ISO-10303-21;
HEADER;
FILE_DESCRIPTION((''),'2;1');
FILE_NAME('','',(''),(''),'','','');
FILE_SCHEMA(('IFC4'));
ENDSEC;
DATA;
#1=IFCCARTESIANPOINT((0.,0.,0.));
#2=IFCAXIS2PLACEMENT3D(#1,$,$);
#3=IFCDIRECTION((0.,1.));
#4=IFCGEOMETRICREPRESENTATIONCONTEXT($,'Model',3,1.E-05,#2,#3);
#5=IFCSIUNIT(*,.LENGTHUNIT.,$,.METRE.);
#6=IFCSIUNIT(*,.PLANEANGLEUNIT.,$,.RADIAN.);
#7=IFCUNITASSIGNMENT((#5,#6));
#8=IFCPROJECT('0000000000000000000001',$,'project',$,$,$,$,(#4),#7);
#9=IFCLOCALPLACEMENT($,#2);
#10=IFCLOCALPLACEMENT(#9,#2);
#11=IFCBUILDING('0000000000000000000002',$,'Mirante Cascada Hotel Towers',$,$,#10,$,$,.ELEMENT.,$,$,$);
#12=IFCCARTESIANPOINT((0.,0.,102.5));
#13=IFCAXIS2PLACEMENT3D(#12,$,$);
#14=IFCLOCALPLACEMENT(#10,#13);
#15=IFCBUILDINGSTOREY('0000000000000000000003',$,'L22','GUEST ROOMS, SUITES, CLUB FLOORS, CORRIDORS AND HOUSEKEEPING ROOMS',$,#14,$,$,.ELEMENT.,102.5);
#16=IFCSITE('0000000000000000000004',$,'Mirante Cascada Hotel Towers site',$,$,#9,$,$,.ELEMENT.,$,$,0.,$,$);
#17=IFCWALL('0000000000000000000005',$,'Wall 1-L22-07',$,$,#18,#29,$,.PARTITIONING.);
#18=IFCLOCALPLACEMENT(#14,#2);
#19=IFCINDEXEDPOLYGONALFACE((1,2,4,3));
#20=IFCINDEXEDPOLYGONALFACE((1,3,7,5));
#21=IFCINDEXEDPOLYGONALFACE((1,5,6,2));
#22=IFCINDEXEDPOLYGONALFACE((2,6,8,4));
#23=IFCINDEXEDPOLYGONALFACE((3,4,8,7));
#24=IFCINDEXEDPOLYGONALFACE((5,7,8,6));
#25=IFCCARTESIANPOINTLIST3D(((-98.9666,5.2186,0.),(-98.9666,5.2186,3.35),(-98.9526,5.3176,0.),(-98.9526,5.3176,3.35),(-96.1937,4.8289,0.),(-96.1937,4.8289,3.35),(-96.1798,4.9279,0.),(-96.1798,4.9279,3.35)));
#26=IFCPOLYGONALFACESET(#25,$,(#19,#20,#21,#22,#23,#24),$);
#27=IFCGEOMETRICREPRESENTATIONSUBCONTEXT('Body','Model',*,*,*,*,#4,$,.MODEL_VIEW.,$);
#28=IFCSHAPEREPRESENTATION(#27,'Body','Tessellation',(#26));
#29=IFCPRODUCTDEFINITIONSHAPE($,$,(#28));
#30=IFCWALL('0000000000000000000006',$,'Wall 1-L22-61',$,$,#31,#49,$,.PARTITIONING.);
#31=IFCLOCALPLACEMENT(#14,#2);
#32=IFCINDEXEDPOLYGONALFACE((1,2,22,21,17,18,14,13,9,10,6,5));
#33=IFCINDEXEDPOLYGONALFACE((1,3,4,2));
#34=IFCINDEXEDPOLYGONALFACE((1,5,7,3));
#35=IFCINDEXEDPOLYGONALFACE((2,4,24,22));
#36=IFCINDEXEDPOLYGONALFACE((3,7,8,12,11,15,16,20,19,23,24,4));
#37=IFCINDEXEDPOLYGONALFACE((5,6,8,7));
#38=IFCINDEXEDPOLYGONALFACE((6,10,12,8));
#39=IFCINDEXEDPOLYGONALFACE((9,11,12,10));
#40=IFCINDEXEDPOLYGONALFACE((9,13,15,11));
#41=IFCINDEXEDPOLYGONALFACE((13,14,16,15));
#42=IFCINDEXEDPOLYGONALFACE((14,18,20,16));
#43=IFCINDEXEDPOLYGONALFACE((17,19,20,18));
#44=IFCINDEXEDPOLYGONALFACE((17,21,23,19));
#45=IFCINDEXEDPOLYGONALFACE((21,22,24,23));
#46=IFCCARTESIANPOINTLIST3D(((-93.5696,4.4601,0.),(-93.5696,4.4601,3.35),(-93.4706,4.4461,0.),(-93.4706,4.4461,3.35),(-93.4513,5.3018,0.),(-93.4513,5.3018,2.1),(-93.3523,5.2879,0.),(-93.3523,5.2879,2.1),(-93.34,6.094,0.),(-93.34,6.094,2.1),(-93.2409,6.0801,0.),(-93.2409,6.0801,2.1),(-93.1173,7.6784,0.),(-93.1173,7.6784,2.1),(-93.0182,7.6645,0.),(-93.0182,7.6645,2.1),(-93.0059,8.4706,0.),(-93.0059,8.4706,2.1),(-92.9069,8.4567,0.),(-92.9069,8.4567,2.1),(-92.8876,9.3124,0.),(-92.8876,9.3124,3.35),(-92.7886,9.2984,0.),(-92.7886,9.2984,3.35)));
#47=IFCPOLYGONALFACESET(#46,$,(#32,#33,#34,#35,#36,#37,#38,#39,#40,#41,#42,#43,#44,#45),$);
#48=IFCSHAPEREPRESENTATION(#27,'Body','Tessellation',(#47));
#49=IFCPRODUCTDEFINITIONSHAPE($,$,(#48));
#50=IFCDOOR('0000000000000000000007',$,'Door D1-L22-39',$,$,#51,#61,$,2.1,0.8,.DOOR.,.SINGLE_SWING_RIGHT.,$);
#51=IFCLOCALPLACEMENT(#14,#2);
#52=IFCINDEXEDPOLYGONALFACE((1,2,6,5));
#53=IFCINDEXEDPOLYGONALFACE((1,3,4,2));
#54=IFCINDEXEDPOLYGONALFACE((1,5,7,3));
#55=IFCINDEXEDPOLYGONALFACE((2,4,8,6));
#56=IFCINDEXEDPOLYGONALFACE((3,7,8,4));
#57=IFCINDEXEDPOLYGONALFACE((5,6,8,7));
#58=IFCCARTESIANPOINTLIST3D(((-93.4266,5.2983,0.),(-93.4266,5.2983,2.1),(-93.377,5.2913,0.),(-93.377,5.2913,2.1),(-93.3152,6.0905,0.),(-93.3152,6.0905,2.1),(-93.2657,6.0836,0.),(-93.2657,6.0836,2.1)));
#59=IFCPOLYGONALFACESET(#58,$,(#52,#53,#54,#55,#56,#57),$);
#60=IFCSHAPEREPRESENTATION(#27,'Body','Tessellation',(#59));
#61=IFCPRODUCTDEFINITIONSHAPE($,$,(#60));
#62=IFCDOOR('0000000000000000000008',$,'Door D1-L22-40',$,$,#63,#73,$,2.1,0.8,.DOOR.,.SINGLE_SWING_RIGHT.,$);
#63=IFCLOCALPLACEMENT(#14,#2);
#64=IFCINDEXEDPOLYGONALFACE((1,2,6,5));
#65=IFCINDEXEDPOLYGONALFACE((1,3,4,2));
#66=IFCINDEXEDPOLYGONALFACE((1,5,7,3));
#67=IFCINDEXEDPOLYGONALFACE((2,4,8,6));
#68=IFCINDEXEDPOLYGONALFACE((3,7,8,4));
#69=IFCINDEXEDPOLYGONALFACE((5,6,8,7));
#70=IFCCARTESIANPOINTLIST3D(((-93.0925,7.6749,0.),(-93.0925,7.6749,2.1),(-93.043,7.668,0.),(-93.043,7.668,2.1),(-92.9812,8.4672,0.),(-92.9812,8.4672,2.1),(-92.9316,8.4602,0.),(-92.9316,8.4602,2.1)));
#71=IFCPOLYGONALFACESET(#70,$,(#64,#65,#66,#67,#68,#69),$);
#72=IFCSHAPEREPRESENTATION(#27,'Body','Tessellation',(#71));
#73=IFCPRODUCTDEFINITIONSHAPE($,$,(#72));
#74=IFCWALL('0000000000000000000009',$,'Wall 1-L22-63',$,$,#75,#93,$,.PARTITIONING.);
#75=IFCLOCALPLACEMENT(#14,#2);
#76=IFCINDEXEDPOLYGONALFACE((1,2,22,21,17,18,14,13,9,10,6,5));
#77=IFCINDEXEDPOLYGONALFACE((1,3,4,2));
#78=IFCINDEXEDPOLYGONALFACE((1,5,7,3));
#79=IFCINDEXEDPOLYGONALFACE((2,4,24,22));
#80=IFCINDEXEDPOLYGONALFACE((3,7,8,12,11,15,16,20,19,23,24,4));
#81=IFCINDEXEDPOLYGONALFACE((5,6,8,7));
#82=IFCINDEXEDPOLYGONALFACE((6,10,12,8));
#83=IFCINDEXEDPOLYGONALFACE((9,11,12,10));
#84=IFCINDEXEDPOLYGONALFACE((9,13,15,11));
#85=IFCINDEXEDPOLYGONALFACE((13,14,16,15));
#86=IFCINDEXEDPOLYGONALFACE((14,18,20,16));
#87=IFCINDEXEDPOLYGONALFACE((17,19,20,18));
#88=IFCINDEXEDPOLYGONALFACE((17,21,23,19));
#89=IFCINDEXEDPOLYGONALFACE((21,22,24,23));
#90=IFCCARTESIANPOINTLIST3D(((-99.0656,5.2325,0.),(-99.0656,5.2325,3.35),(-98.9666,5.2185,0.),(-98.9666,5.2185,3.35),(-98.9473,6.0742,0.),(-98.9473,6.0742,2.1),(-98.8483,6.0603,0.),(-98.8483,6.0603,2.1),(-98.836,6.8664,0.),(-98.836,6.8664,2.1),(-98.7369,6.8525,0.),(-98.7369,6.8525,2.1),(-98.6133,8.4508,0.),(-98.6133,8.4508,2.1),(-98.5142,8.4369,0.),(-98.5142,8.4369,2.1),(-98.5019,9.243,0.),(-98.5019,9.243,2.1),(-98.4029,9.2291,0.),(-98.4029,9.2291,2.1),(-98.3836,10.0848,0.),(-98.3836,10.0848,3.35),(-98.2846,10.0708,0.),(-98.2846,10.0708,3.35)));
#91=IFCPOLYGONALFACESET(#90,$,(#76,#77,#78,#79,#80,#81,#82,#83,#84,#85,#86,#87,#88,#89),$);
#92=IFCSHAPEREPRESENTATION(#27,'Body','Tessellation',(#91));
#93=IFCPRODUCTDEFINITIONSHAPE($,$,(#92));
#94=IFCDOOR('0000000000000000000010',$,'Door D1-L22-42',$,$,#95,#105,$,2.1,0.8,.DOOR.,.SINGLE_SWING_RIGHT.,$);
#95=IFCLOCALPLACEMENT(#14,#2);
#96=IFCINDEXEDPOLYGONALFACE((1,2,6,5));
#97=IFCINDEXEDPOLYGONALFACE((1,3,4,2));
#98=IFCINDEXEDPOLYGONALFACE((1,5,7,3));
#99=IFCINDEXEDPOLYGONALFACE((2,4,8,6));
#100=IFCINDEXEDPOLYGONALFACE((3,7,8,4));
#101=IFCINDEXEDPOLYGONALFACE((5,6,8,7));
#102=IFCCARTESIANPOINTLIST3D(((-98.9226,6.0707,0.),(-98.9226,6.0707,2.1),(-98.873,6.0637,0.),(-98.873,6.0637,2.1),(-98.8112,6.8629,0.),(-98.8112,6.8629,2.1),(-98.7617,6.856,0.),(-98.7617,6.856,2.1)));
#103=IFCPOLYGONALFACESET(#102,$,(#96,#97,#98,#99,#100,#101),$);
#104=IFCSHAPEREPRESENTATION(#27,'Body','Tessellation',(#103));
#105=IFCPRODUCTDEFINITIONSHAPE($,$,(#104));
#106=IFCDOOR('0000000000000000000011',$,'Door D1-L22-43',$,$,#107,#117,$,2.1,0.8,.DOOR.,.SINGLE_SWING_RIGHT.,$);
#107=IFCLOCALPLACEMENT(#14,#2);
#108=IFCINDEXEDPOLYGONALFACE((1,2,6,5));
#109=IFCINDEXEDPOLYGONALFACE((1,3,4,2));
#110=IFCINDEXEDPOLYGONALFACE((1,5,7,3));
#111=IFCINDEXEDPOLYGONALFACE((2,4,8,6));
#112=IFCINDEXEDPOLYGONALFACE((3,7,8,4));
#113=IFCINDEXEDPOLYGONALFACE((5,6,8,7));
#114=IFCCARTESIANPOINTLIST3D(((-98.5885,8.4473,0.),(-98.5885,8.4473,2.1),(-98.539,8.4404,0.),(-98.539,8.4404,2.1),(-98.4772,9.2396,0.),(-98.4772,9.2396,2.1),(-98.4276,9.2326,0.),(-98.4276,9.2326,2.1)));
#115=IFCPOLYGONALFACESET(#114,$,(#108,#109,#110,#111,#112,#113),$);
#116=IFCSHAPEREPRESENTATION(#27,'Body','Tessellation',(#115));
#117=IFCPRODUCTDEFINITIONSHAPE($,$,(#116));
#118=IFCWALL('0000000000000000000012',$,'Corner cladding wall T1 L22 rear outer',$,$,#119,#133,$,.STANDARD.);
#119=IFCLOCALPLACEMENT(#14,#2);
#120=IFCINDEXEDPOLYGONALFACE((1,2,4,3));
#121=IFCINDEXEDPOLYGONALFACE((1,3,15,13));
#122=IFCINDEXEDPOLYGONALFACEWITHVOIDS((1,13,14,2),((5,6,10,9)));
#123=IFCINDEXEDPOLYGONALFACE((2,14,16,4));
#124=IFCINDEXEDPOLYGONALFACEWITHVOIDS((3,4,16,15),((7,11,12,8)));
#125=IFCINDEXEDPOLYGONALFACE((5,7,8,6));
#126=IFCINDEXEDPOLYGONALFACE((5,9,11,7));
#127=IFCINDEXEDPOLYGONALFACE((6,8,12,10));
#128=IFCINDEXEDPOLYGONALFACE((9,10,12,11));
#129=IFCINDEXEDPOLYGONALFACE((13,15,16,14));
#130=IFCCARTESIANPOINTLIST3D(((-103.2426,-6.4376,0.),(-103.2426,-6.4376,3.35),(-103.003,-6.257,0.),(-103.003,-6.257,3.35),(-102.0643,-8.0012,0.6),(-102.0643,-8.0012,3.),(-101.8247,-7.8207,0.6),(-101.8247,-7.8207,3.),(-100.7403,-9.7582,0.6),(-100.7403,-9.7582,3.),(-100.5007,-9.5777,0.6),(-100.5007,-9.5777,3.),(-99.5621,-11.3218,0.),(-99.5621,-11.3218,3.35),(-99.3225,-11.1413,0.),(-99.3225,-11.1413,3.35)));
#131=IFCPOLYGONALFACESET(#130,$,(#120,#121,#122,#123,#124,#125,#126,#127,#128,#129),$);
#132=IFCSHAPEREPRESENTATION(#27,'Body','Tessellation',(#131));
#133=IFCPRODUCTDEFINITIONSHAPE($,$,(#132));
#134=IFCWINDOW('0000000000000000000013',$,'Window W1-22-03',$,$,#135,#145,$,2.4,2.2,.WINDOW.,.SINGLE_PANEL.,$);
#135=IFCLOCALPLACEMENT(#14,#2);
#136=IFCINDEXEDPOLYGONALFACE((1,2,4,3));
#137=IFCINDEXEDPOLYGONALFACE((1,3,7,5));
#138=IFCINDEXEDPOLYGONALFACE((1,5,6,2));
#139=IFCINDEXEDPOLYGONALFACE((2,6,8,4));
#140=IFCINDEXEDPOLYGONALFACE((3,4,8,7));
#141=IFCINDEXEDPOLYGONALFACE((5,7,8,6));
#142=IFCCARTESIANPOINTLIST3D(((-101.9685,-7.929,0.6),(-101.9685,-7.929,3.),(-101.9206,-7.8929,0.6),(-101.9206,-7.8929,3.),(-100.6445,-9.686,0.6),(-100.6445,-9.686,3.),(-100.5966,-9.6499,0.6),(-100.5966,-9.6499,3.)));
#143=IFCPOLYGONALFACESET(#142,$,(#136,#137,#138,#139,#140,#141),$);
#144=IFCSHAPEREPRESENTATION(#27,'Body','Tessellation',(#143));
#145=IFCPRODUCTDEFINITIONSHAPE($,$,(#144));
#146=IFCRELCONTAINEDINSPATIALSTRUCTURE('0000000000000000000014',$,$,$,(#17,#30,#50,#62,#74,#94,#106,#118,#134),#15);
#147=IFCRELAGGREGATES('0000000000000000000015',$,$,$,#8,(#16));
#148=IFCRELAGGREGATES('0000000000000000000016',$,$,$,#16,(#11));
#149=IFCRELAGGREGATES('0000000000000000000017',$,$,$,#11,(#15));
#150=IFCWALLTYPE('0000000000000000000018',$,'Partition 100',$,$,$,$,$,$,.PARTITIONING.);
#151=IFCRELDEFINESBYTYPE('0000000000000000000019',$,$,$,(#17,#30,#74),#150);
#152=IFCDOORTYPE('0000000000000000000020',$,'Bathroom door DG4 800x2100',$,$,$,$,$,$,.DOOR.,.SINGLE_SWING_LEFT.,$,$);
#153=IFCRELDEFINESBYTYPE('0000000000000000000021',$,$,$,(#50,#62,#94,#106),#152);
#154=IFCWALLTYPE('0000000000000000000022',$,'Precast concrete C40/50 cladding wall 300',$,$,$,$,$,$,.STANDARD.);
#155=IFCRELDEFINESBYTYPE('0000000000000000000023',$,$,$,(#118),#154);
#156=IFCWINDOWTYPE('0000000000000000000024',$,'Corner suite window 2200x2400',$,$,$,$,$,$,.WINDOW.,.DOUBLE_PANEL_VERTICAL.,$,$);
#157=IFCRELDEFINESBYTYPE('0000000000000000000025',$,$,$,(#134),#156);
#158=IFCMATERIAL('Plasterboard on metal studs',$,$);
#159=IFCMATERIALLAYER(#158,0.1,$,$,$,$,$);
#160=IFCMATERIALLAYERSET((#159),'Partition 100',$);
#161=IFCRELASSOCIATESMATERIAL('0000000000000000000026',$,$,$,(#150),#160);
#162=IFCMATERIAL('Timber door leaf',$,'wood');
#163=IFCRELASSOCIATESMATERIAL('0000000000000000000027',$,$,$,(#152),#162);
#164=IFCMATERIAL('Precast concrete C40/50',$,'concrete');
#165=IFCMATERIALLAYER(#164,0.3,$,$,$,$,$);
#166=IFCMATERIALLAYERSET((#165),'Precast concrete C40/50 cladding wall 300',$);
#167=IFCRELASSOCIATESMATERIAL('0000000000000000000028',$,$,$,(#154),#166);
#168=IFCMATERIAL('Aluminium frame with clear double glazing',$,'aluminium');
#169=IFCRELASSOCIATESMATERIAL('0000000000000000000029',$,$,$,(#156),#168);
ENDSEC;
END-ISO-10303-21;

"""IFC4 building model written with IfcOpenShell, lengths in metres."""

from ifc_helpers import new_model, si_unit, direction, frame, frame_2d, origin, place, context, subcontext, project, spatial, rectangle, extrude, material, layer, layer_set, type_object, element, fill, save


model = new_model("IFC4")

# Units and contexts
model_context = context("Model", 3, precision=1e-05, world=origin(), true_north=direction((0.0, 1.0)))
body_context = subcontext(model_context, "Body", "Model", "MODEL_VIEW")
ifc_project = project(units=[si_unit("LENGTHUNIT", "METRE"), si_unit("PLANEANGLEUNIT", "RADIAN")], contexts=[model_context])

# Site, building, storey
site_placement = place(None, origin())
site = spatial("IfcSite", under=ifc_project, at=site_placement, Name="Mirante Cascada Hotel Towers site", CompositionType="ELEMENT", RefElevation=0.0)
building_placement = place(site_placement, origin())
building = spatial("IfcBuilding", under=site, at=building_placement, Name="Mirante Cascada Hotel Towers", CompositionType="ELEMENT")
storey_placement = place(building_placement, frame((0.0, 0.0, 102.5)))
storey = spatial("IfcBuildingStorey", under=building, at=storey_placement, Name="L22", Description="GUEST ROOMS, SUITES, CLUB FLOORS, CORRIDORS AND HOUSEKEEPING ROOMS", CompositionType="ELEMENT", Elevation=102.5)

# Shared definitions
ifc_material_1 = material(Name="Plasterboard on metal studs")
ifc_layer_1 = layer(ifc_material_1, 0.1)
ifc_layer_set_1 = layer_set([ifc_layer_1], Name="Partition 100")
wall_type_1 = type_object("IfcWallType", Name="Partition 100", PredefinedType="PARTITIONING", material=ifc_layer_set_1)

# Wall
wall_1_placement = place(storey_placement, frame((-96.1868, 4.8784, 0.0), z_axis=(0.0, 0.0, 1.0), x_axis=(-0.990268, 0.139176, 0.0)))
element("IfcWall", 1, at=wall_1_placement, inside=storey, type_object=wall_type_1, Name="Wall 1-L22-07", PredefinedType="PARTITIONING", context=body_context, shape_type="SweptSolid", body=[
    extrude(rectangle(XDim=2.8001, YDim=0.1, at=frame_2d((1.4, 0.0))), origin(), (0.0, 0.0, 1.0), 3.35),
])

# Walls, openings, doors
wall_2_placement = place(storey_placement, frame((-93.5201, 4.4531, 0.0), z_axis=(0.0, 0.0, 1.0), x_axis=(0.139184, 0.990267, 0.0)))
wall_2 = element("IfcWall", 2, at=wall_2_placement, inside=storey, type_object=wall_type_1, Name="Wall 1-L22-61", PredefinedType="PARTITIONING", context=body_context, shape_type="SweptSolid", body=[
    extrude(rectangle(XDim=4.9, YDim=0.1, at=frame_2d((2.45, 0.0))), origin(), (0.0, 0.0, 1.0), 3.35),
])
opening_1_placement = place(wall_2_placement, frame((0.85, 0.0, 0.0)))
opening_1 = element("IfcOpeningElement", 3, at=opening_1_placement, cuts=wall_2, PredefinedType="OPENING", context=body_context, shape_type="SweptSolid", body=[
    extrude(rectangle(XDim=0.8, YDim=2.1, at=frame_2d((0.4, 1.05))), frame((0.0, 0.05, 0.0), z_axis=(0.0, -1.0, 0.0), x_axis=(1.0, 0.0, 0.0)), (0.0, 0.0, 1.0), 0.1),
])
opening_2_placement = place(wall_2_placement, frame((3.25, 0.0, 0.0)))
opening_2 = element("IfcOpeningElement", 4, at=opening_2_placement, cuts=wall_2, PredefinedType="OPENING", context=body_context, shape_type="SweptSolid", body=[
    extrude(rectangle(XDim=0.8, YDim=2.1, at=frame_2d((0.4, 1.05))), frame((0.0, 0.05, 0.0), z_axis=(0.0, -1.0, 0.0), x_axis=(1.0, 0.0, 0.0)), (0.0, 0.0, 1.0), 0.1),
])
ifc_material_2 = material(Name="Timber door leaf", Category="wood")
door_type_1 = type_object("IfcDoorType", Name="Bathroom door DG4 800x2100", OperationType="SINGLE_SWING_LEFT", PredefinedType="DOOR", material=ifc_material_2)
door_1_placement = place(opening_1_placement, frame((0.8, 0.0, 0.0), z_axis=(0.0, 0.0, 1.0), x_axis=(-1.0, 0.0, 0.0)))
door_1 = element("IfcDoor", 5, at=door_1_placement, inside=storey, type_object=door_type_1, Name="Door D1-L22-39", OperationType="SINGLE_SWING_RIGHT", OverallHeight=2.1, OverallWidth=0.8, PredefinedType="DOOR", context=body_context, shape_type="SweptSolid", body=[
    extrude(rectangle(XDim=0.8, YDim=2.1, at=frame_2d((0.4, 1.05))), frame((0.0, 0.025, 0.0), z_axis=(0.0, -1.0, 0.0), x_axis=(1.0, 0.0, 0.0)), (0.0, 0.0, 1.0), 0.05),
])
fill(opening_1, door_1)
door_2_placement = place(opening_2_placement, frame((0.8, 0.0, 0.0), z_axis=(0.0, 0.0, 1.0), x_axis=(-1.0, 0.0, 0.0)))
door_2 = element("IfcDoor", 6, at=door_2_placement, inside=storey, type_object=door_type_1, Name="Door D1-L22-40", OperationType="SINGLE_SWING_RIGHT", OverallHeight=2.1, OverallWidth=0.8, PredefinedType="DOOR", context=body_context, shape_type="SweptSolid", body=[
    extrude(rectangle(XDim=0.8, YDim=2.1, at=frame_2d((0.4, 1.05))), frame((0.0, 0.025, 0.0), z_axis=(0.0, -1.0, 0.0), x_axis=(1.0, 0.0, 0.0)), (0.0, 0.0, 1.0), 0.05),
])
fill(opening_2, door_2)
wall_3_placement = place(storey_placement, frame((-99.0161, 5.2255, 0.0), z_axis=(0.0, 0.0, 1.0), x_axis=(0.139184, 0.990267, 0.0)))
wall_3 = element("IfcWall", 7, at=wall_3_placement, inside=storey, type_object=wall_type_1, Name="Wall 1-L22-63", PredefinedType="PARTITIONING", context=body_context, shape_type="SweptSolid", body=[
    extrude(rectangle(XDim=4.9, YDim=0.1, at=frame_2d((2.45, 0.0))), origin(), (0.0, 0.0, 1.0), 3.35),
])
opening_3_placement = place(wall_3_placement, frame((0.85, 0.0, 0.0)))
opening_3 = element("IfcOpeningElement", 8, at=opening_3_placement, cuts=wall_3, PredefinedType="OPENING", context=body_context, shape_type="SweptSolid", body=[
    extrude(rectangle(XDim=0.8, YDim=2.1, at=frame_2d((0.4, 1.05))), frame((0.0, 0.05, 0.0), z_axis=(0.0, -1.0, 0.0), x_axis=(1.0, 0.0, 0.0)), (0.0, 0.0, 1.0), 0.1),
])
opening_4_placement = place(wall_3_placement, frame((3.25, 0.0, 0.0)))
opening_4 = element("IfcOpeningElement", 9, at=opening_4_placement, cuts=wall_3, PredefinedType="OPENING", context=body_context, shape_type="SweptSolid", body=[
    extrude(rectangle(XDim=0.8, YDim=2.1, at=frame_2d((0.4, 1.05))), frame((0.0, 0.05, 0.0), z_axis=(0.0, -1.0, 0.0), x_axis=(1.0, 0.0, 0.0)), (0.0, 0.0, 1.0), 0.1),
])
door_3_placement = place(opening_3_placement, frame((0.8, 0.0, 0.0), z_axis=(0.0, 0.0, 1.0), x_axis=(-1.0, 0.0, 0.0)))
door_3 = element("IfcDoor", 10, at=door_3_placement, inside=storey, type_object=door_type_1, Name="Door D1-L22-42", OperationType="SINGLE_SWING_RIGHT", OverallHeight=2.1, OverallWidth=0.8, PredefinedType="DOOR", context=body_context, shape_type="SweptSolid", body=[
    extrude(rectangle(XDim=0.8, YDim=2.1, at=frame_2d((0.4, 1.05))), frame((0.0, 0.025, 0.0), z_axis=(0.0, -1.0, 0.0), x_axis=(1.0, 0.0, 0.0)), (0.0, 0.0, 1.0), 0.05),
])
fill(opening_3, door_3)
door_4_placement = place(opening_4_placement, frame((0.8, 0.0, 0.0), z_axis=(0.0, 0.0, 1.0), x_axis=(-1.0, 0.0, 0.0)))
door_4 = element("IfcDoor", 11, at=door_4_placement, inside=storey, type_object=door_type_1, Name="Door D1-L22-43", OperationType="SINGLE_SWING_RIGHT", OverallHeight=2.1, OverallWidth=0.8, PredefinedType="DOOR", context=body_context, shape_type="SweptSolid", body=[
    extrude(rectangle(XDim=0.8, YDim=2.1, at=frame_2d((0.4, 1.05))), frame((0.0, 0.025, 0.0), z_axis=(0.0, -1.0, 0.0), x_axis=(1.0, 0.0, 0.0)), (0.0, 0.0, 1.0), 0.05),
])
fill(opening_4, door_4)

# Wall, opening, window
ifc_material_3 = material(Name="Precast concrete C40/50", Category="concrete")
ifc_layer_2 = layer(ifc_material_3, 0.3)
ifc_layer_set_2 = layer_set([ifc_layer_2], Name="Precast concrete C40/50 cladding wall 300")
wall_type_2 = type_object("IfcWallType", Name="Precast concrete C40/50 cladding wall 300", PredefinedType="STANDARD", material=ifc_layer_set_2)
wall_4_placement = place(storey_placement, frame((-99.4423, -11.2315, 0.0), z_axis=(0.0, 0.0, 1.0), x_axis=(-0.601814, 0.798636, 0.0)))
wall_4 = element("IfcWall", 12, at=wall_4_placement, inside=storey, type_object=wall_type_2, Name="Corner cladding wall T1 L22 rear outer", PredefinedType="STANDARD", context=body_context, shape_type="SweptSolid", body=[
    extrude(rectangle(XDim=6.1157, YDim=0.3, at=frame_2d((3.0578, 0.0))), origin(), (0.0, 0.0, 1.0), 3.35),
])
opening_5_placement = place(wall_4_placement, frame((1.9578, 0.0, 0.6)))
opening_5 = element("IfcOpeningElement", 13, at=opening_5_placement, cuts=wall_4, PredefinedType="OPENING", context=body_context, shape_type="SweptSolid", body=[
    extrude(rectangle(XDim=2.2, YDim=2.4, at=frame_2d((1.1, 1.2))), frame((0.0, 0.15, 0.0), z_axis=(0.0, -1.0, 0.0), x_axis=(1.0, 0.0, 0.0)), (0.0, 0.0, 1.0), 0.3),
])
ifc_material_4 = material(Name="Aluminium frame with clear double glazing", Category="aluminium")
window_type = type_object("IfcWindowType", Name="Corner suite window 2200x2400", PartitioningType="DOUBLE_PANEL_VERTICAL", PredefinedType="WINDOW", material=ifc_material_4)
window_placement = place(opening_5_placement, origin())
window = element("IfcWindow", 14, at=window_placement, inside=storey, type_object=window_type, Name="Window W1-22-03", OverallHeight=2.4, OverallWidth=2.2, PartitioningType="SINGLE_PANEL", PredefinedType="WINDOW", context=body_context, shape_type="SweptSolid", body=[
    extrude(rectangle(XDim=2.2, YDim=2.4, at=frame_2d((1.1, 1.2))), frame((0.0, 0.03, 0.0), z_axis=(0.0, -1.0, 0.0), x_axis=(1.0, 0.0, 0.0)), (0.0, 0.0, 1.0), 0.06),
])
fill(opening_5, window)

save(model, "model.ifc")
